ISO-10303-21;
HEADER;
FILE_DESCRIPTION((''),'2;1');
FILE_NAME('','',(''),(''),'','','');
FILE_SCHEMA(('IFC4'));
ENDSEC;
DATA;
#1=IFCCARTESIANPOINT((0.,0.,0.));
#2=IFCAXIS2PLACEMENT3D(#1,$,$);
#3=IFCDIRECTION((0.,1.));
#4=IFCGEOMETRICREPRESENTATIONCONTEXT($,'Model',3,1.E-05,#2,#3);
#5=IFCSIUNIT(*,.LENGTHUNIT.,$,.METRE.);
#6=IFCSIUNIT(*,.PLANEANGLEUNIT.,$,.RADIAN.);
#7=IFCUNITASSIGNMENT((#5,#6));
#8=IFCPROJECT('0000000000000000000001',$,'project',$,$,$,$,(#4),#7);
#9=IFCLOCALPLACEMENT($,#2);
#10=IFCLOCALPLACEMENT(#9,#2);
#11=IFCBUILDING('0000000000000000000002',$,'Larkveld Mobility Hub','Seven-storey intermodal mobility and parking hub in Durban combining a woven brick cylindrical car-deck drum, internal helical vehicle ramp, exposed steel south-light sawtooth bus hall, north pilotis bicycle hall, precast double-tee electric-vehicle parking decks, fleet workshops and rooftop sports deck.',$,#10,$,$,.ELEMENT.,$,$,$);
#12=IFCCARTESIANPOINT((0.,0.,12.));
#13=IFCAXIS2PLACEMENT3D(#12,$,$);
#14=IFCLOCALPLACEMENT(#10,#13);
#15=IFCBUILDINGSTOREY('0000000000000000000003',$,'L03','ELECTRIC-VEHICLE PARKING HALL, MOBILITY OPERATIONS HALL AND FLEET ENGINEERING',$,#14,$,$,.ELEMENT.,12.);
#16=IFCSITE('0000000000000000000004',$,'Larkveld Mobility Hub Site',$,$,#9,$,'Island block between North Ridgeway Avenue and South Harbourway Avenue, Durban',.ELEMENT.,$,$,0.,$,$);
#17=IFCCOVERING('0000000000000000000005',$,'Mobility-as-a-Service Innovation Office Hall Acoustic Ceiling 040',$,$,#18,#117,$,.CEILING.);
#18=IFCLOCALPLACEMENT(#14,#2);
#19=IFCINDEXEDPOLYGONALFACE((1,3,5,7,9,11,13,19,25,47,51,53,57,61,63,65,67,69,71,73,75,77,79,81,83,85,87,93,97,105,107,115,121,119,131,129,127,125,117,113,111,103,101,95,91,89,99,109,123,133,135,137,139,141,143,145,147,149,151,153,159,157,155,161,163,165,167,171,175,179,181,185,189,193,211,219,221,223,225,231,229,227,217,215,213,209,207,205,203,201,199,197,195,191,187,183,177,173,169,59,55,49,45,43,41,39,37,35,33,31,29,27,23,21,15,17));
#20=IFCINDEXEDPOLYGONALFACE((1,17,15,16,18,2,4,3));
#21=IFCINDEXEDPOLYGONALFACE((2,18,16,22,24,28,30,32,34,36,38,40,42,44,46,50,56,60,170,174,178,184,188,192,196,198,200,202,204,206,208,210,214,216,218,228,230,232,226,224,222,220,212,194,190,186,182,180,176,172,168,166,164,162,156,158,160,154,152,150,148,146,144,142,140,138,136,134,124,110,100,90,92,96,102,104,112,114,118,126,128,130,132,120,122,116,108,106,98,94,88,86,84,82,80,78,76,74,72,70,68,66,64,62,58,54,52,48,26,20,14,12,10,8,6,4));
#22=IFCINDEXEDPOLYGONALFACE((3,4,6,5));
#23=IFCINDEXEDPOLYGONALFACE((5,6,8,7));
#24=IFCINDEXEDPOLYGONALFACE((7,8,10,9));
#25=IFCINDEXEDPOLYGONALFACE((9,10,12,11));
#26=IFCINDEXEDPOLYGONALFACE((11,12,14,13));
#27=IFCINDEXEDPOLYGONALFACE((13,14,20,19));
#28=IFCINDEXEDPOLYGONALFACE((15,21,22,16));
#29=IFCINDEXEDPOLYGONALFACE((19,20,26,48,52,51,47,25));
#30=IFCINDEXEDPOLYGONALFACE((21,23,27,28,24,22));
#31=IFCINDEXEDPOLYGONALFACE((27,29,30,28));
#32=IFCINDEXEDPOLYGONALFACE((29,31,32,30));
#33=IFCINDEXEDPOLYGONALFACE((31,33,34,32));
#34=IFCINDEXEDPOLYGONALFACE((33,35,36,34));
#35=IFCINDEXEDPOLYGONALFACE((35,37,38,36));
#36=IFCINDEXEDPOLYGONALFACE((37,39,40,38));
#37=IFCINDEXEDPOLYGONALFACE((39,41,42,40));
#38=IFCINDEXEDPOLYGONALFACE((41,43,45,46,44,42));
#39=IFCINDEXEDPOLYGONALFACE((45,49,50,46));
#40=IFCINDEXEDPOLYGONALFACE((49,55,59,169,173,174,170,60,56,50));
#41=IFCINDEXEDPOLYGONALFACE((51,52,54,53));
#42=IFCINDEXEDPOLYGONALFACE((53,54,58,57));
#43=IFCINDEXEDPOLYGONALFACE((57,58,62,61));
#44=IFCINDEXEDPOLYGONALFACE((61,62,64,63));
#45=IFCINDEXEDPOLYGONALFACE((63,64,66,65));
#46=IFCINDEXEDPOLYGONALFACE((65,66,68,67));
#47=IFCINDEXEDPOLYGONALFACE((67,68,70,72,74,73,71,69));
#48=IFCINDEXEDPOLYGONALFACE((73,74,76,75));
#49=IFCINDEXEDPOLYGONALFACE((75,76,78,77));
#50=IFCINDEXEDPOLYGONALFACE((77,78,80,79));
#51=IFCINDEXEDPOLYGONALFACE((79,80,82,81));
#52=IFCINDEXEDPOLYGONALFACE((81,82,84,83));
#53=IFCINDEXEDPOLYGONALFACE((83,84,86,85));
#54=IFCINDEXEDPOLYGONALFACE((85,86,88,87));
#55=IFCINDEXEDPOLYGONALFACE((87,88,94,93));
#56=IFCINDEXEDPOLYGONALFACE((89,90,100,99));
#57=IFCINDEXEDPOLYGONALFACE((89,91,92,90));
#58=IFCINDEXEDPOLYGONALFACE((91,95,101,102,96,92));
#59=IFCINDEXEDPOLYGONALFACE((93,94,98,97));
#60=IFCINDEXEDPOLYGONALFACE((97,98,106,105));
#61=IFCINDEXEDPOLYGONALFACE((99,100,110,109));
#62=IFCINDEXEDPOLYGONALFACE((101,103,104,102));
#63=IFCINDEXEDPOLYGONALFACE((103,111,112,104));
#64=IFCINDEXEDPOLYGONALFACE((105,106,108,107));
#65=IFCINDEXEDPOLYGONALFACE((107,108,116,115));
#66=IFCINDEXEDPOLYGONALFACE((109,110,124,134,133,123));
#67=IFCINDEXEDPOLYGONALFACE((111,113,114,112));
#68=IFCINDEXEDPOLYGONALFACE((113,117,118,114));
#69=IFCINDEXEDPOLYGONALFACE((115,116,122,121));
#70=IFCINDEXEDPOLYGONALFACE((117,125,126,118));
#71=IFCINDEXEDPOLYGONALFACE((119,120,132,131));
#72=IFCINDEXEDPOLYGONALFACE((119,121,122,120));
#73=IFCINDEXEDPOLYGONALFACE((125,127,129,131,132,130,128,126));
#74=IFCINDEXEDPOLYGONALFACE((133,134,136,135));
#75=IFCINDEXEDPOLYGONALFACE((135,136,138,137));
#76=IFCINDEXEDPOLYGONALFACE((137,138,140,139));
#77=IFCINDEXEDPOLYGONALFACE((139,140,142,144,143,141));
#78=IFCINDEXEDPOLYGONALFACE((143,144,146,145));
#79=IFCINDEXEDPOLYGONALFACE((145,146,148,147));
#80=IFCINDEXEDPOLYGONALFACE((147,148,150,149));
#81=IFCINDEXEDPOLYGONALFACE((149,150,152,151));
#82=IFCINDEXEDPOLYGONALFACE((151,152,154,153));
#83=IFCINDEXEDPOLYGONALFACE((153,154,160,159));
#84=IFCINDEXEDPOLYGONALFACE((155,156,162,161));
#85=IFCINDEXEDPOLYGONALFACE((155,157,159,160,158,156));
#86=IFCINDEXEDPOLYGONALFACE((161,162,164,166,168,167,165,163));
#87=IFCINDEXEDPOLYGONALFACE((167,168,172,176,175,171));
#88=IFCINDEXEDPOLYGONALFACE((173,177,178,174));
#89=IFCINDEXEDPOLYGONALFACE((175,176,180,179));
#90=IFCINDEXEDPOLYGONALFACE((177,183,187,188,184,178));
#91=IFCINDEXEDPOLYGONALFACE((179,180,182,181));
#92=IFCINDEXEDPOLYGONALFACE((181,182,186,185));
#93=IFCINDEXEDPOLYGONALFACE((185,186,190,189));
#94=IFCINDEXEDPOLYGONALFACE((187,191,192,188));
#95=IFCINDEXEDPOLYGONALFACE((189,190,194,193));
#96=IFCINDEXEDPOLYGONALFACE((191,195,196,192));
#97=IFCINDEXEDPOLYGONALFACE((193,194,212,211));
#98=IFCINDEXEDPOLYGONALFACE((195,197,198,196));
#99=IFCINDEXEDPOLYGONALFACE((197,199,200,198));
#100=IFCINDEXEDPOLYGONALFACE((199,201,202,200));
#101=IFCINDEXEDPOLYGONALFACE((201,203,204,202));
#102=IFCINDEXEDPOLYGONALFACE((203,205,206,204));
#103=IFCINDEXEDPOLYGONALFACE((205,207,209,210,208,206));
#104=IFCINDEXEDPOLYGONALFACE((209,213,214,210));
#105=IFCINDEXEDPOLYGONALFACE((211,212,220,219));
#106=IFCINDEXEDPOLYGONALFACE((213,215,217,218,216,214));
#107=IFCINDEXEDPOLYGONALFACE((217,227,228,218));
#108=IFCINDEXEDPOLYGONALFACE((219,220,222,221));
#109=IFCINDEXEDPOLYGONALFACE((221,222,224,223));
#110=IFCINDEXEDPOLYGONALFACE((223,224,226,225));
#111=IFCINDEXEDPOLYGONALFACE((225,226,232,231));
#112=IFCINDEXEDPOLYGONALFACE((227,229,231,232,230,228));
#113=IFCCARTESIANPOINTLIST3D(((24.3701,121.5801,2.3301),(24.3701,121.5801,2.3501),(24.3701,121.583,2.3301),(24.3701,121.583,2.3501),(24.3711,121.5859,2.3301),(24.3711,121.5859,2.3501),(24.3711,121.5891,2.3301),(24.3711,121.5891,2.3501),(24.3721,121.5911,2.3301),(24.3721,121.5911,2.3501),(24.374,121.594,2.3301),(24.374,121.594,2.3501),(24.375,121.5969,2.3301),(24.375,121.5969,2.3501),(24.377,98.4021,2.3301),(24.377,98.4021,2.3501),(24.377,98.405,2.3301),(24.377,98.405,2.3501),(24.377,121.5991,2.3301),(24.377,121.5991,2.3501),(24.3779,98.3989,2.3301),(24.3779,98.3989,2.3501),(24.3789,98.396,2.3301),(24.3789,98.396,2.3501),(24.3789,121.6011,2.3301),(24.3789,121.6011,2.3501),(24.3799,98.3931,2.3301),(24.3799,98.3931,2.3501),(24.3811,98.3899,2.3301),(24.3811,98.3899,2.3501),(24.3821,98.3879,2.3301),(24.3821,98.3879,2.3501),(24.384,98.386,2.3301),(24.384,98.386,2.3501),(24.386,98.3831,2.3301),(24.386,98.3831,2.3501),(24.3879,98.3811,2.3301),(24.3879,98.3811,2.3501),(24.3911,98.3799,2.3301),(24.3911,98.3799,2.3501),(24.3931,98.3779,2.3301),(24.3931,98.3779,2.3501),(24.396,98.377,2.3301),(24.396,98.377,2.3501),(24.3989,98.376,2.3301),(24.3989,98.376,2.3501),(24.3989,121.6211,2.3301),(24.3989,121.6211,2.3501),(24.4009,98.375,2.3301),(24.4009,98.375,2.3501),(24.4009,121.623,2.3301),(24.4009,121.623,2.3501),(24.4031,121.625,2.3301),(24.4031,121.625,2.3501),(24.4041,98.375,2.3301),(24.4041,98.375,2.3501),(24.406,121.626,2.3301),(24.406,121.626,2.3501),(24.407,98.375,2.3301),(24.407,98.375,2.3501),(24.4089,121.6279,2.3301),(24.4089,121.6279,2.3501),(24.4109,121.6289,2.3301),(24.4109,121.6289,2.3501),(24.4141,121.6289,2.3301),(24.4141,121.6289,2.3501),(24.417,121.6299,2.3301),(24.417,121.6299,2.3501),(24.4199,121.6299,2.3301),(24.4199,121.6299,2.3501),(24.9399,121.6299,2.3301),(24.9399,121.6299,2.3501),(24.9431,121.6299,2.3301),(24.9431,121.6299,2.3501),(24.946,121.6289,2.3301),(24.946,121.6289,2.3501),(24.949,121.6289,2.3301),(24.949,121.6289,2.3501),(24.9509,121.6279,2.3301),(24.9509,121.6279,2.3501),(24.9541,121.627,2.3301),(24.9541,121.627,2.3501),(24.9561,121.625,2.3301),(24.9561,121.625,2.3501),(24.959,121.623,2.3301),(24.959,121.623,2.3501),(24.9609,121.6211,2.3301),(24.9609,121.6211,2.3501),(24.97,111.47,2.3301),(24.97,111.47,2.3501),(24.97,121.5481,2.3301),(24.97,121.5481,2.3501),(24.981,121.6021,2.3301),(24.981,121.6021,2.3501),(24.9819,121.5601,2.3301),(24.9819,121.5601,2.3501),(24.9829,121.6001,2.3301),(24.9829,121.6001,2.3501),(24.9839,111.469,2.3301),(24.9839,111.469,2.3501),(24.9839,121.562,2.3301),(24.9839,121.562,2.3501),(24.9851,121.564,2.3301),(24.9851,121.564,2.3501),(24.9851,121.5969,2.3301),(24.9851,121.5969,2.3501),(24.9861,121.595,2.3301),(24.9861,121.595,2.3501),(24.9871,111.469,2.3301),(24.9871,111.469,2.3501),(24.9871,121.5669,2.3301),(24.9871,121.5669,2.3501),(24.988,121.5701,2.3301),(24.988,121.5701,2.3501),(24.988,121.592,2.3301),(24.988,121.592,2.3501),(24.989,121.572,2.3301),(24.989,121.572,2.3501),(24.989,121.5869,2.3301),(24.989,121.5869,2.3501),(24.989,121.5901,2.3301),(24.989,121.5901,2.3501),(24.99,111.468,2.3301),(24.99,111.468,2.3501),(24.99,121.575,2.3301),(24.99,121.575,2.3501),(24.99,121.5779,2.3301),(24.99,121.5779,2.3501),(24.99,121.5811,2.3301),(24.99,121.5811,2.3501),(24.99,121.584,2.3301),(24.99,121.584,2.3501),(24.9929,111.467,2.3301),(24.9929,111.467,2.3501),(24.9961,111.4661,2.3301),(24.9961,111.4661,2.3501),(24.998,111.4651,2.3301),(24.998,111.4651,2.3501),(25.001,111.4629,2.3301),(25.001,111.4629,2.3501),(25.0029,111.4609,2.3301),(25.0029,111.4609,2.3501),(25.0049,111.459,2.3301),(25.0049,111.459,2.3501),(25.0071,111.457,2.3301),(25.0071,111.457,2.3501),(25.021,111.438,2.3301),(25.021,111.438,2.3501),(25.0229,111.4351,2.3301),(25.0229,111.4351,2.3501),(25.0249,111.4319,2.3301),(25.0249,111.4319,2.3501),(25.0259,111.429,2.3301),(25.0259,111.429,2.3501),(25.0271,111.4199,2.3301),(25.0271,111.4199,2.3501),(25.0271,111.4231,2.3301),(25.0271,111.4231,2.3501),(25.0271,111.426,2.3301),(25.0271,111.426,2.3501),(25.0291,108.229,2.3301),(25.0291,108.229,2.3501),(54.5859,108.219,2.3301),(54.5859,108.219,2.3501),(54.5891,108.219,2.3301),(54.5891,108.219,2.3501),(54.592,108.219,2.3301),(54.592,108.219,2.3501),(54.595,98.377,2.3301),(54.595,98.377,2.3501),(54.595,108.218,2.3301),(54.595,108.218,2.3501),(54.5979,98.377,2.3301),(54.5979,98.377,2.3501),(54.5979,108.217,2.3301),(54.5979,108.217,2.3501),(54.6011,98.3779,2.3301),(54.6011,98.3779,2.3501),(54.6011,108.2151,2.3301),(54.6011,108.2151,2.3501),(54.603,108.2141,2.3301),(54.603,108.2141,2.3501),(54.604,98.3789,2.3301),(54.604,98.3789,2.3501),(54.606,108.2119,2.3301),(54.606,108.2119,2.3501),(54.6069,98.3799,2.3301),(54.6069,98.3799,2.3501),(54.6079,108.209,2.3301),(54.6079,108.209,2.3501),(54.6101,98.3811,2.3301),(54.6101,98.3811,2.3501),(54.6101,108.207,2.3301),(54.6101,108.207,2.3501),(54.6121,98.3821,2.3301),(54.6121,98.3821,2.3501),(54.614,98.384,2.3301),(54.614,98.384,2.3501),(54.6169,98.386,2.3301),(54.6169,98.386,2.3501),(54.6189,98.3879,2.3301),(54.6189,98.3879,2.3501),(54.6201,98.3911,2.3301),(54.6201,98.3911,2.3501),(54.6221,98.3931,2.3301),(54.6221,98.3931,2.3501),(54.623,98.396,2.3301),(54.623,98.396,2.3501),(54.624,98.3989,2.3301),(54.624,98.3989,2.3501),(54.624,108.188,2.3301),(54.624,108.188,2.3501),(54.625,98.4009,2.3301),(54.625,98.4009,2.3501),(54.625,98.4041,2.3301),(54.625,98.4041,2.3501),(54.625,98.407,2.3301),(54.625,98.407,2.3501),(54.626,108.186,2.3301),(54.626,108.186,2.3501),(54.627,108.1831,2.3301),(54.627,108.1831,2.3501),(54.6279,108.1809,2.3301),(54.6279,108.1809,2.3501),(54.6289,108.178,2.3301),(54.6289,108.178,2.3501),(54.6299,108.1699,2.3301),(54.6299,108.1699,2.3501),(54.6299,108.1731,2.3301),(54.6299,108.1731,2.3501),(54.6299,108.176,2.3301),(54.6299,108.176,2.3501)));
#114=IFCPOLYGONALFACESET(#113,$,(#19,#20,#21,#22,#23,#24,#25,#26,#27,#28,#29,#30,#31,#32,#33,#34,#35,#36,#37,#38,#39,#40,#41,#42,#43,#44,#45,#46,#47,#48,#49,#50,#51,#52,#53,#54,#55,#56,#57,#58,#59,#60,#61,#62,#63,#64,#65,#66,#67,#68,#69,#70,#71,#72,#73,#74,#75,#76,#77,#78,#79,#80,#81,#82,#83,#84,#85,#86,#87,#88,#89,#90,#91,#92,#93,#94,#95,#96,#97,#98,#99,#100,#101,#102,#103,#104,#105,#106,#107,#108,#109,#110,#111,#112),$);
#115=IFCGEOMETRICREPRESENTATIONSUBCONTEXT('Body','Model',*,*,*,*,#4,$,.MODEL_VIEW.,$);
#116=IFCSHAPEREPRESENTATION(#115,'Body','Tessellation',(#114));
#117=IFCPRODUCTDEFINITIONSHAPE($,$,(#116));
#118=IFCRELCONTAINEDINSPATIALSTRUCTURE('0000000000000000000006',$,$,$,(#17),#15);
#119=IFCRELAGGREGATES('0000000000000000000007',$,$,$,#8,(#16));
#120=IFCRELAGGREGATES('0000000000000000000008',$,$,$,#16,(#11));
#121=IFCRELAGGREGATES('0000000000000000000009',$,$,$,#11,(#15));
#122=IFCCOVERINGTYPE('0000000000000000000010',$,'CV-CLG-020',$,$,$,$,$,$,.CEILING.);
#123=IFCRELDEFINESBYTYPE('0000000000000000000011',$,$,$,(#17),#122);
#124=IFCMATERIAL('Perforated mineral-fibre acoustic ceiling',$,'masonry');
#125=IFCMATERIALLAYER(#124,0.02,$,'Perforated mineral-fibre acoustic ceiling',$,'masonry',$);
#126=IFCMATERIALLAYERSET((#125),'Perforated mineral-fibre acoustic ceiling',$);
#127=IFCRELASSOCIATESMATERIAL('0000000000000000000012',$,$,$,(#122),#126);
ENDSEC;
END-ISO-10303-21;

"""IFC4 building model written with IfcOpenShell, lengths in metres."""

from ifc_helpers import new_model, si_unit, direction, frame, origin, place, context, subcontext, project, spatial, polyline, outline, extrude, material, layer, layer_set, type_object, element, save


model = new_model("IFC4")

# Units and contexts
model_context = context("Model", 3, precision=1e-05, world=origin(), true_north=direction((0.0, 1.0)))
body_context = subcontext(model_context, "Body", "Model", "MODEL_VIEW")
ifc_project = project(units=[si_unit("LENGTHUNIT", "METRE"), si_unit("PLANEANGLEUNIT", "RADIAN")], contexts=[model_context])

# Site, building, storey
site_placement = place(None, origin())
site = spatial("IfcSite", under=ifc_project, at=site_placement, Name="Larkveld Mobility Hub Site", LongName="Island block between North Ridgeway Avenue and South Harbourway Avenue, Durban", CompositionType="ELEMENT", RefElevation=0.0)
building_placement = place(site_placement, origin())
building = spatial("IfcBuilding", under=site, at=building_placement, Name="Larkveld Mobility Hub", Description="Seven-storey intermodal mobility and parking hub in Durban combining a woven brick cylindrical car-deck drum, internal helical vehicle ramp, exposed steel south-light sawtooth bus hall, north pilotis bicycle hall, precast double-tee electric-vehicle parking decks, fleet workshops and rooftop sports deck.", CompositionType="ELEMENT")
storey_placement = place(building_placement, frame((0.0, 0.0, 12.0)))
storey = spatial("IfcBuildingStorey", under=building, at=storey_placement, Name="L03", Description="ELECTRIC-VEHICLE PARKING HALL, MOBILITY OPERATIONS HALL AND FLEET ENGINEERING", CompositionType="ELEMENT", Elevation=12.0)

# Covering
ifc_material_1 = material(Name="Perforated mineral-fibre acoustic ceiling", Category="masonry")
ifc_layer_1 = layer(ifc_material_1, 0.02, Name="Perforated mineral-fibre acoustic ceiling", Category="masonry")
ifc_layer_set_1 = layer_set([ifc_layer_1], Name="Perforated mineral-fibre acoustic ceiling")
covering_type_1 = type_object("IfcCoveringType", Name="CV-CLG-020", PredefinedType="CEILING", material=ifc_layer_set_1)
covering_1_placement = place(storey_placement, frame((0.0, 0.0, 2.3301)))
element("IfcCovering", 1, at=covering_1_placement, inside=storey, type_object=covering_type_1, Name="Mobility-as-a-Service Innovation Office Hall Acoustic Ceiling 040", PredefinedType="CEILING", context=body_context, shape_type="SweptSolid", body=[
    extrude(outline(polyline([(24.9399, 121.6299), (24.9431, 121.6299), (24.946, 121.6289), (24.949, 121.6289), (24.9509, 121.6279), (24.9541, 121.627), (24.9561, 121.625), (24.959, 121.623), (24.9609, 121.6211), (24.981, 121.6021), (24.9829, 121.6001), (24.9851, 121.5969), (24.9861, 121.595), (24.988, 121.592), (24.989, 121.5901), (24.989, 121.5869), (24.99, 121.584), (24.99, 121.5811), (24.99, 121.5779), (24.99, 121.575), (24.989, 121.572), (24.988, 121.5701), (24.9871, 121.5669), (24.9851, 121.564), (24.9839, 121.562), (24.9819, 121.5601), (24.97, 121.5481), (24.97, 111.47), (24.9839, 111.469), (24.9871, 111.469), (24.99, 111.468), (24.9929, 111.467), (24.9961, 111.4661), (24.998, 111.4651), (25.001, 111.4629), (25.0029, 111.4609), (25.0049, 111.459), (25.0071, 111.457), (25.021, 111.438), (25.0229, 111.4351), (25.0249, 111.4319), (25.0259, 111.429), (25.0271, 111.426), (25.0271, 111.4231), (25.0271, 111.4199), (25.0291, 108.229), (54.5859, 108.219), (54.5891, 108.219), (54.592, 108.219), (54.595, 108.218), (54.5979, 108.217), (54.6011, 108.2151), (54.603, 108.2141), (54.606, 108.2119), (54.6079, 108.209), (54.6101, 108.207), (54.624, 108.188), (54.626, 108.186), (54.627, 108.1831), (54.6279, 108.1809), (54.6289, 108.178), (54.6299, 108.176), (54.6299, 108.1731), (54.6299, 108.1699), (54.625, 98.407), (54.625, 98.4041), (54.625, 98.4009), (54.624, 98.3989), (54.623, 98.396), (54.6221, 98.3931), (54.6201, 98.3911), (54.6189, 98.3879), (54.6169, 98.386), (54.614, 98.384), (54.6121, 98.3821), (54.6101, 98.3811), (54.6069, 98.3799), (54.604, 98.3789), (54.6011, 98.3779), (54.5979, 98.377), (54.595, 98.377), (24.407, 98.375), (24.4041, 98.375), (24.4009, 98.375), (24.3989, 98.376), (24.396, 98.377), (24.3931, 98.3779), (24.3911, 98.3799), (24.3879, 98.3811), (24.386, 98.3831), (24.384, 98.386), (24.3821, 98.3879), (24.3811, 98.3899), (24.3799, 98.3931), (24.3789, 98.396), (24.3779, 98.3989), (24.377, 98.4021), (24.377, 98.405), (24.3701, 121.5801), (24.3701, 121.583), (24.3711, 121.5859), (24.3711, 121.5891), (24.3721, 121.5911), (24.374, 121.594), (24.375, 121.5969), (24.377, 121.5991), (24.3789, 121.6011), (24.3989, 121.6211), (24.4009, 121.623), (24.4031, 121.625), (24.406, 121.626), (24.4089, 121.6279), (24.4109, 121.6289), (24.4141, 121.6289), (24.417, 121.6299), (24.4199, 121.6299), (24.9399, 121.6299)])), origin(), (0.0, 0.0, 1.0), 0.02),
])

save(model, "model.ifc")
